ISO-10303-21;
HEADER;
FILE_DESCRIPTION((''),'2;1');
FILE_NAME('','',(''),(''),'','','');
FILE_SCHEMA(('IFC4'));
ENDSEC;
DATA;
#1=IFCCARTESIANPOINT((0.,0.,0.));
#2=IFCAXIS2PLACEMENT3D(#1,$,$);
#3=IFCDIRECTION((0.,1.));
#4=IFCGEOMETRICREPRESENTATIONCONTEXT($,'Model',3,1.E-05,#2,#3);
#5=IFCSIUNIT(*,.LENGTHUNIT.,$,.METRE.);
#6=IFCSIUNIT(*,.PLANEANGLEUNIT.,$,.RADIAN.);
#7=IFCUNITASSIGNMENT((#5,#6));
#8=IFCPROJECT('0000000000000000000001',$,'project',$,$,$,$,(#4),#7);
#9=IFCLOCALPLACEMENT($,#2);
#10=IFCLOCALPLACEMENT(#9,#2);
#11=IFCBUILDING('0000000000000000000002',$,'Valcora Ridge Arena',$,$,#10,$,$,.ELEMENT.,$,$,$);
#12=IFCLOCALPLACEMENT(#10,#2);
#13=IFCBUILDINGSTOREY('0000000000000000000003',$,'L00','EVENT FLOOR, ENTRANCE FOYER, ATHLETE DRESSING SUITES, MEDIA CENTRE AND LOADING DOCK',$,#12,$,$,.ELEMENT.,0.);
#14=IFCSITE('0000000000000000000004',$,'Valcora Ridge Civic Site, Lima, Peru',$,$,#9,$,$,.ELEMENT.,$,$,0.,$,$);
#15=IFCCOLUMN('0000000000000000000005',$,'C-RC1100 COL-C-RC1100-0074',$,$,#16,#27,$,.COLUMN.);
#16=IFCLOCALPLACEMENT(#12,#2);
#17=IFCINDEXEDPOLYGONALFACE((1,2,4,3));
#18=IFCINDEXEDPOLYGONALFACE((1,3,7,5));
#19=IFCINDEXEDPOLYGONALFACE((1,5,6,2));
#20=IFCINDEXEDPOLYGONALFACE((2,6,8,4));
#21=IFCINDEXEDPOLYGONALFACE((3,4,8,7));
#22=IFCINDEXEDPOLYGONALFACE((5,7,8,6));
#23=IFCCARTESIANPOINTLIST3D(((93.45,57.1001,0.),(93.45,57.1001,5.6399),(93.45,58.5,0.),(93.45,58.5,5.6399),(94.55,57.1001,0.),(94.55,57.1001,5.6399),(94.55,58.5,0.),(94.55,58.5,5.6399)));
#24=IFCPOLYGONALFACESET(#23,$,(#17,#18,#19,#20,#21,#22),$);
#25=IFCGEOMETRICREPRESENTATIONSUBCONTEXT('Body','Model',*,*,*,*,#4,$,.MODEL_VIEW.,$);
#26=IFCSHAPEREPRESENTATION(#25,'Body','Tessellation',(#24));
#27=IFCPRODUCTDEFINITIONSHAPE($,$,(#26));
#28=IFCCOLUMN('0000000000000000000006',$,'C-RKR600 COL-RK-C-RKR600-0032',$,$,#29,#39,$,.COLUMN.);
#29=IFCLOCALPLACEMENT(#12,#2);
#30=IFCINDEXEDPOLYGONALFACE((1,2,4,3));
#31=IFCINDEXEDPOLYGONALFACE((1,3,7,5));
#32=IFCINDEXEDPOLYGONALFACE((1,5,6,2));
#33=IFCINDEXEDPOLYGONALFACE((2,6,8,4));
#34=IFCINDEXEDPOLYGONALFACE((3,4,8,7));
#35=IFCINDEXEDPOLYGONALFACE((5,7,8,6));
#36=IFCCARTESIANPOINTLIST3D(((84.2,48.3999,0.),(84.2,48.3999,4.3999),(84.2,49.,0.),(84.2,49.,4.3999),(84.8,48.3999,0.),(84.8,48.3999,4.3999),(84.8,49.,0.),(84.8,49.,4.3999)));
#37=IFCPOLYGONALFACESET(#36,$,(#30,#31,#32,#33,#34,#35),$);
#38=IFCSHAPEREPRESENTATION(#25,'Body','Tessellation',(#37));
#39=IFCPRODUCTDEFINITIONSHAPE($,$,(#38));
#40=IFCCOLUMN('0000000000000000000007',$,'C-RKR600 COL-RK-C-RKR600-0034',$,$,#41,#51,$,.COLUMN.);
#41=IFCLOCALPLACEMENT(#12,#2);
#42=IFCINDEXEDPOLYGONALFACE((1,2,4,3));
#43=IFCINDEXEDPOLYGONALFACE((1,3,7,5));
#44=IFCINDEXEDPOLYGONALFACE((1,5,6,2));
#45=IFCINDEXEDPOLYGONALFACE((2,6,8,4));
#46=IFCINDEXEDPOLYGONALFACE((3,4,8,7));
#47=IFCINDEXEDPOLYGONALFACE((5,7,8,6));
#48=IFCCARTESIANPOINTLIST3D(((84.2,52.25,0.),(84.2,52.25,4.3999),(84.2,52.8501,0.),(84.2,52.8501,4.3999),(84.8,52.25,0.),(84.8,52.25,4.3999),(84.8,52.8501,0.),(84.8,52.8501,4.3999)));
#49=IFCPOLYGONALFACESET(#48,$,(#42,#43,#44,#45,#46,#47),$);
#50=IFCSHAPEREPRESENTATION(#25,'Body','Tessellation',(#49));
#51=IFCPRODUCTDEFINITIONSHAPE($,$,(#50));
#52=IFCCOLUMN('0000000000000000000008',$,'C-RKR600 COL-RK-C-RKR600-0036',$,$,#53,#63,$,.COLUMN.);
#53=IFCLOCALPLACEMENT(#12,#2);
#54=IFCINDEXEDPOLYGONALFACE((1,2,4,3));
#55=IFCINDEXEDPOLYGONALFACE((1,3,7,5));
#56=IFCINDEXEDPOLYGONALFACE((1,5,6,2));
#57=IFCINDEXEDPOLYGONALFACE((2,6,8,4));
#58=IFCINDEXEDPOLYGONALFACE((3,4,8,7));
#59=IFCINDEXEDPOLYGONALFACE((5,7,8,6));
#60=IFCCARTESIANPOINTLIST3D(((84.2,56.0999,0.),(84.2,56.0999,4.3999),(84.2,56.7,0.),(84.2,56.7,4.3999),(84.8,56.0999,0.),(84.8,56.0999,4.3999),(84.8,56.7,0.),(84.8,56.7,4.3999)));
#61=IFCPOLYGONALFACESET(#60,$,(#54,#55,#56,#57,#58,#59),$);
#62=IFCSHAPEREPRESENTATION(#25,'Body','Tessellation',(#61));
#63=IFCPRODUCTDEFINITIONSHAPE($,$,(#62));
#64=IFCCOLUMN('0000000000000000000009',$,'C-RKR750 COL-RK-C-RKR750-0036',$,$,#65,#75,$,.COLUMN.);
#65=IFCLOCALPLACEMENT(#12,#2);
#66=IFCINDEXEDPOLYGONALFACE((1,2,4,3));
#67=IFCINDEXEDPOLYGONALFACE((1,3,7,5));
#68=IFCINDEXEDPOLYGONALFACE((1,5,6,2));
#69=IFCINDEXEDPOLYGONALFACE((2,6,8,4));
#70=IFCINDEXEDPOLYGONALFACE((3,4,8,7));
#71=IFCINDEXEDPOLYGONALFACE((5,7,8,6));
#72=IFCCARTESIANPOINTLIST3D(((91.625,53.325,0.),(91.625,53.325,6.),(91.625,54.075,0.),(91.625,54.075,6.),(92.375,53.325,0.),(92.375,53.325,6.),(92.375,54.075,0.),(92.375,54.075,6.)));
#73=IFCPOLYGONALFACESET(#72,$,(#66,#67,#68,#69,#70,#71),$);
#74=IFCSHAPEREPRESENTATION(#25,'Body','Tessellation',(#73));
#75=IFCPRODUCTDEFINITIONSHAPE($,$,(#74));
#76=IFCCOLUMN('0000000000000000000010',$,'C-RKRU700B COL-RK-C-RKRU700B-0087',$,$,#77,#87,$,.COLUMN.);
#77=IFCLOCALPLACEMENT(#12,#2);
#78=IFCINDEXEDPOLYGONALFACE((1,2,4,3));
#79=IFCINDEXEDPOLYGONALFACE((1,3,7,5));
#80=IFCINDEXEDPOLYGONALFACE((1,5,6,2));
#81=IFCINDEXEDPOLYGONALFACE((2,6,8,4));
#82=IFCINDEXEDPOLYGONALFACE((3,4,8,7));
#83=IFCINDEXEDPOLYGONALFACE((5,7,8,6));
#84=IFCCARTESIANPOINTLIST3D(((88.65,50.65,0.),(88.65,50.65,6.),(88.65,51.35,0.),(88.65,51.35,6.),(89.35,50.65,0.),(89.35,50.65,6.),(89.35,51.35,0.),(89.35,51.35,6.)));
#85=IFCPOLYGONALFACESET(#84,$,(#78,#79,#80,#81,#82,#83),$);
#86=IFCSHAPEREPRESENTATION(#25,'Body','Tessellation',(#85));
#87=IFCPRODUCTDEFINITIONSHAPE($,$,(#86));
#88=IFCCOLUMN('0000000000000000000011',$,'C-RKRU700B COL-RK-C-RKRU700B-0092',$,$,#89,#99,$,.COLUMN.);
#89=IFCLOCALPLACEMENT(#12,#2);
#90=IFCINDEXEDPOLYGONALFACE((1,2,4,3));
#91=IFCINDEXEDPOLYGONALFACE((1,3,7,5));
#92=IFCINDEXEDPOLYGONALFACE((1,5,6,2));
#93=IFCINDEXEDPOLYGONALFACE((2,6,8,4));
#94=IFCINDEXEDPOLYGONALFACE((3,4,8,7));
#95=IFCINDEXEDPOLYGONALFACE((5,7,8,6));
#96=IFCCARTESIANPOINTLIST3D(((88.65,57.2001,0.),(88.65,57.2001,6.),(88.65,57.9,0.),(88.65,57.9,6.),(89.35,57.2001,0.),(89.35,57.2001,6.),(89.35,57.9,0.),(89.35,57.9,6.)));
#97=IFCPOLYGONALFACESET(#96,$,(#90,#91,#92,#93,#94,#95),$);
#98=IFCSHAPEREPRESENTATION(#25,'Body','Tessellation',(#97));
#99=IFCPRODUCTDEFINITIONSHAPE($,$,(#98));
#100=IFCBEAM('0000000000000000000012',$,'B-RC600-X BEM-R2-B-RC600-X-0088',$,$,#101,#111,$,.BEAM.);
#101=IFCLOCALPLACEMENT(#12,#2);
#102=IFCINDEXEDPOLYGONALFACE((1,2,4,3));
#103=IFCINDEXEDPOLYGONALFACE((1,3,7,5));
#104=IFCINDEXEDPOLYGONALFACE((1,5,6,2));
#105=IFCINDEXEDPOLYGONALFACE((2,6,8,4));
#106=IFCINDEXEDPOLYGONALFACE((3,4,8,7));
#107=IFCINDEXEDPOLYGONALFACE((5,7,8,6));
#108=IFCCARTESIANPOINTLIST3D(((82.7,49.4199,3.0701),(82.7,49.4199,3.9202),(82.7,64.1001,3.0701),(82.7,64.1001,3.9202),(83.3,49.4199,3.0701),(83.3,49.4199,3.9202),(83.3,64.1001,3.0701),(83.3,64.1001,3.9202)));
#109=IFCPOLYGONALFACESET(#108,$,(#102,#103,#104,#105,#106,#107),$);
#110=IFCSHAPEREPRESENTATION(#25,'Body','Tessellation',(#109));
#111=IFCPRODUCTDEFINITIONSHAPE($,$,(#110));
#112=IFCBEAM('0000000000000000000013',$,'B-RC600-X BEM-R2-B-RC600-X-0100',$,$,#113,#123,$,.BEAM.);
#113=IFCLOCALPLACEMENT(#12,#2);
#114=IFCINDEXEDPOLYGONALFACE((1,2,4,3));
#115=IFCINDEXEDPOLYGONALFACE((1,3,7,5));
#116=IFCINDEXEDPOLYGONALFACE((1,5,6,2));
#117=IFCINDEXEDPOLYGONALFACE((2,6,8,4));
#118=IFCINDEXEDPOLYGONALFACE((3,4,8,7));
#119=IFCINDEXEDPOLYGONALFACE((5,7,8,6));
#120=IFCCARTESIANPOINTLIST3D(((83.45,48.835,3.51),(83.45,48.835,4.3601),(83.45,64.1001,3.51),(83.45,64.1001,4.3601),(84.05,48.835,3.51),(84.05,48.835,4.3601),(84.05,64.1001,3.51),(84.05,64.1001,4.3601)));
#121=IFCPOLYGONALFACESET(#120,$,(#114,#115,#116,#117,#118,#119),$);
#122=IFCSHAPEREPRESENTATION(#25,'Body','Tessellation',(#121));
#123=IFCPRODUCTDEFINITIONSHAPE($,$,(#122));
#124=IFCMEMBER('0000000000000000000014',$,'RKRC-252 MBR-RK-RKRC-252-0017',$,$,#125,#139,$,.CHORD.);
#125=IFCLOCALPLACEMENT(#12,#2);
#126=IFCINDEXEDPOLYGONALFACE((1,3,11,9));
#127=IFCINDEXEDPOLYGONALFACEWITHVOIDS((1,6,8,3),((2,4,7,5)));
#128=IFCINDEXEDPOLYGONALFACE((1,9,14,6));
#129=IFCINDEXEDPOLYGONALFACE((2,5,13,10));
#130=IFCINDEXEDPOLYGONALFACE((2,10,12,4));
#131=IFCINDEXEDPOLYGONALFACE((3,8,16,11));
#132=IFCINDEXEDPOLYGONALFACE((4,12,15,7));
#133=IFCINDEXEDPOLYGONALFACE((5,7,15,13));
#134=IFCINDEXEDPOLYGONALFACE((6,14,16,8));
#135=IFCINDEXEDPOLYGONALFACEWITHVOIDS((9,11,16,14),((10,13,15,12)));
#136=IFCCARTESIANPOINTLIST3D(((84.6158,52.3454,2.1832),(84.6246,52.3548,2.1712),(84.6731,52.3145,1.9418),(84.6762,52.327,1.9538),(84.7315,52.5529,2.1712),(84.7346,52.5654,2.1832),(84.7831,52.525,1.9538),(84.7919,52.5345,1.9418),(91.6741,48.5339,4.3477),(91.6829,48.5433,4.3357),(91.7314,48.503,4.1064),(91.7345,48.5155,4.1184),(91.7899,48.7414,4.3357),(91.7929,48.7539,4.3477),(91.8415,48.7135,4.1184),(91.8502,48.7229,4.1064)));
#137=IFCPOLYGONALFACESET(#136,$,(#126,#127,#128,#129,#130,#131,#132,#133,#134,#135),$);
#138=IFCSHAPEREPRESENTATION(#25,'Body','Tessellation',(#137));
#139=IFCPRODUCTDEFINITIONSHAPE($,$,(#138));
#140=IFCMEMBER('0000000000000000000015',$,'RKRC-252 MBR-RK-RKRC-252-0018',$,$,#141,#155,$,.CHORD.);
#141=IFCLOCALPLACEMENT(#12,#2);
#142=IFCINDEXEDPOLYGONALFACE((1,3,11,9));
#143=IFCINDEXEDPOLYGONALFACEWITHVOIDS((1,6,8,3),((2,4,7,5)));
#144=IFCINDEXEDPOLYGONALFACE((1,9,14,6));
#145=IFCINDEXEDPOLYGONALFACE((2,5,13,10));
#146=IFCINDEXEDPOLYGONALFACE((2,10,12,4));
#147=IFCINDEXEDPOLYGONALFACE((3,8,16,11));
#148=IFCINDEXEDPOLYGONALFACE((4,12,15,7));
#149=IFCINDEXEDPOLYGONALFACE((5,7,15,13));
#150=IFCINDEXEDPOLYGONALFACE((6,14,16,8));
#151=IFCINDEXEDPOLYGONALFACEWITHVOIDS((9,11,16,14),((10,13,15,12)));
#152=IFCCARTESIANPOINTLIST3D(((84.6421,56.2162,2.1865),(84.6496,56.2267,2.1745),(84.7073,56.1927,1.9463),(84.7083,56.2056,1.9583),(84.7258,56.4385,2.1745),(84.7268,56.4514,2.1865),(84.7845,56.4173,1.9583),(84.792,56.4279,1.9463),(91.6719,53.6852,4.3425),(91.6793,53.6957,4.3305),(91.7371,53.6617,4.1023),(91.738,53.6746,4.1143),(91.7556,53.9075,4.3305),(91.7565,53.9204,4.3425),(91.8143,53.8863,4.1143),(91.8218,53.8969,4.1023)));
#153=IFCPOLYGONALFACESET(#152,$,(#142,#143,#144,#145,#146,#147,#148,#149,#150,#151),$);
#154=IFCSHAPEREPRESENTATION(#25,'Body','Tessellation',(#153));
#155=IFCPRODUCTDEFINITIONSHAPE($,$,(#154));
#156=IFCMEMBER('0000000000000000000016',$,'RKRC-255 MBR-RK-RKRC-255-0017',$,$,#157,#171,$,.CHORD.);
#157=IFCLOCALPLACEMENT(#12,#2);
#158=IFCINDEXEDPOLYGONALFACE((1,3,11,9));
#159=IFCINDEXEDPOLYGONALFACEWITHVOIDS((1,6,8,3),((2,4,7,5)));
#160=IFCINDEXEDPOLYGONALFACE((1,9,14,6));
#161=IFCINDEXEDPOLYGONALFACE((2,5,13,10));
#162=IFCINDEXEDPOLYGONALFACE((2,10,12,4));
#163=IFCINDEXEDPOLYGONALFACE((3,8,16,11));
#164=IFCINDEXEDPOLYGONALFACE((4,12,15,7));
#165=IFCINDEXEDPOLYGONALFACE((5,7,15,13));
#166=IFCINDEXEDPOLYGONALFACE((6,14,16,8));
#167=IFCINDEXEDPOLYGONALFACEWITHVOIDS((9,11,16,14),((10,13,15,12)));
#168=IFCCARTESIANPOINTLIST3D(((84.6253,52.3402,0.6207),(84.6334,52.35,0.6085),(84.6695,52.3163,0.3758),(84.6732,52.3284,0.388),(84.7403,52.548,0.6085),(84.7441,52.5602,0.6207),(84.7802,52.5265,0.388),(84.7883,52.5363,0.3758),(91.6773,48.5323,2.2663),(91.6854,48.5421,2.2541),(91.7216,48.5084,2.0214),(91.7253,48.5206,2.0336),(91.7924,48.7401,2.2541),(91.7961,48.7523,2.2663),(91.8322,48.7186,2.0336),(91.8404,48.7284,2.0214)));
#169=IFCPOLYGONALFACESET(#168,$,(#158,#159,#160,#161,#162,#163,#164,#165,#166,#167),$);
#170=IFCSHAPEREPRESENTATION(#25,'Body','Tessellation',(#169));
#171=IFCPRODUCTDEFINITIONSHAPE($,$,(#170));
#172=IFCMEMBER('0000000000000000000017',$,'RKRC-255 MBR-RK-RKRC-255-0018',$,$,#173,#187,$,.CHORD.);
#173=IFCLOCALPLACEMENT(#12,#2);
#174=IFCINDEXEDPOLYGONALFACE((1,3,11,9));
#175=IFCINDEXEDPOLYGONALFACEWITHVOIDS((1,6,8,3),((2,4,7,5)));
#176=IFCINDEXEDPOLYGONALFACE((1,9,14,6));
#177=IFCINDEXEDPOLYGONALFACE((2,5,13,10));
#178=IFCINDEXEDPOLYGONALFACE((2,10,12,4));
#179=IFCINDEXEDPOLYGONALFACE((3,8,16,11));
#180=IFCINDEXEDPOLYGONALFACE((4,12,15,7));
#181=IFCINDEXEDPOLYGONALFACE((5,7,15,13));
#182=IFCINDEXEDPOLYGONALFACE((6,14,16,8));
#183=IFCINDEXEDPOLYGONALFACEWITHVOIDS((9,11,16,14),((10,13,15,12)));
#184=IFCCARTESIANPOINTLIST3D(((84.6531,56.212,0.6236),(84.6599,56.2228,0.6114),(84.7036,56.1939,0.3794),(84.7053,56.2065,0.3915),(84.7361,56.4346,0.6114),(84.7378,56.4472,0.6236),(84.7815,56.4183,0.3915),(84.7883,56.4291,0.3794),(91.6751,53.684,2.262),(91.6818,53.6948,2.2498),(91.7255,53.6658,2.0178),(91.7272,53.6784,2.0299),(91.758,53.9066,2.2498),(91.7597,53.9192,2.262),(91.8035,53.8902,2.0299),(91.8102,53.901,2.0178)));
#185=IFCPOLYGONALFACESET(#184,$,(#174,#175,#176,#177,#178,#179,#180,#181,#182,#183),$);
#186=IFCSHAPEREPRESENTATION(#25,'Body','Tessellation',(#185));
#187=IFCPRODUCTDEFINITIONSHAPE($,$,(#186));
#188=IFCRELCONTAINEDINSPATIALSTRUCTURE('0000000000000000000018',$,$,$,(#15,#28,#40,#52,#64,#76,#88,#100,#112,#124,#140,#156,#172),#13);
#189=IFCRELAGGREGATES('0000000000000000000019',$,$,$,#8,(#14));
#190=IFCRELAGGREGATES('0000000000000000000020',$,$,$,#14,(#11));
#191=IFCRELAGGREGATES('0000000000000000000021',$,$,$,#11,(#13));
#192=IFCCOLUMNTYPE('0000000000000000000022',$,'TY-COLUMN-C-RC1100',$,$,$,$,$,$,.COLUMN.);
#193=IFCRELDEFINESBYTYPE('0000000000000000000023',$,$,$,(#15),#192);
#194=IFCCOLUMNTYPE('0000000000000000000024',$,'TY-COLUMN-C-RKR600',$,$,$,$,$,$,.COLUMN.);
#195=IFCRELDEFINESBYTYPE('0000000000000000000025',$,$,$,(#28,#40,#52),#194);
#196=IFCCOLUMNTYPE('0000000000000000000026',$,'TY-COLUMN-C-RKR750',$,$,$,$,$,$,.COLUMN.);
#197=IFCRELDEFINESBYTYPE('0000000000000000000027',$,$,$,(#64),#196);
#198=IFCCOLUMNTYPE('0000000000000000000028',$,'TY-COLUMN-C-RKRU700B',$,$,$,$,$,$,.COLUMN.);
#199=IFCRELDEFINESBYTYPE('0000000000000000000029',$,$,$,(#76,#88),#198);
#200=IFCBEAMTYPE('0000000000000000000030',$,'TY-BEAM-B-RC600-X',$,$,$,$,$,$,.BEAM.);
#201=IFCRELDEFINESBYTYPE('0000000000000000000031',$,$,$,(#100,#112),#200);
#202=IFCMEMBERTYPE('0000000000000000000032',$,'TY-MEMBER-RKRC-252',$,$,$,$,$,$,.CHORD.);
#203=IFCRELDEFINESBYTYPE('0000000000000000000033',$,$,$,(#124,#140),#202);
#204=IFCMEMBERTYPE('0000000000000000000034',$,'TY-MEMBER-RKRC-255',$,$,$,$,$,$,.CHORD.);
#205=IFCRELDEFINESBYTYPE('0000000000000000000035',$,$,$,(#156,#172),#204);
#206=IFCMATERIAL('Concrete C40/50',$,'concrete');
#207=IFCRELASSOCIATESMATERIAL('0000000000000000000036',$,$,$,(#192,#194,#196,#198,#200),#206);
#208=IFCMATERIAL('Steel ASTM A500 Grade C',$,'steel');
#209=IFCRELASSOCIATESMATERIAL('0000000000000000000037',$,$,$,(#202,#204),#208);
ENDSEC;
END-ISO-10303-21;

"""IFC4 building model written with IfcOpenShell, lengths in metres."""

from ifc_helpers import new_model, si_unit, direction, frame, origin, origin_2d, place, context, subcontext, project, spatial, rectangle, hollow_rectangle, extrude, material, material_profile, profile_set, type_object, element, save


model = new_model("IFC4")

# Units and contexts
model_context = context("Model", 3, precision=1e-05, world=origin(), true_north=direction((0.0, 1.0)))
body_context = subcontext(model_context, "Body", "Model", "MODEL_VIEW")
ifc_project = project(units=[si_unit("LENGTHUNIT", "METRE"), si_unit("PLANEANGLEUNIT", "RADIAN")], contexts=[model_context])

# Site, building, storey
site_placement = place(None, origin())
site = spatial("IfcSite", under=ifc_project, at=site_placement, Name="Valcora Ridge Civic Site, Lima, Peru", CompositionType="ELEMENT", RefElevation=0.0)
building_placement = place(site_placement, origin())
building = spatial("IfcBuilding", under=site, at=building_placement, Name="Valcora Ridge Arena", CompositionType="ELEMENT")
storey_placement = place(building_placement, origin())
storey = spatial("IfcBuildingStorey", under=building, at=storey_placement, Name="L00", Description="EVENT FLOOR, ENTRANCE FOYER, ATHLETE DRESSING SUITES, MEDIA CENTRE AND LOADING DOCK", CompositionType="ELEMENT", Elevation=0.0)

# Columns
ifc_material_1 = material(Name="Concrete C40/50", Category="concrete")
ifc_material_profile_1 = material_profile(ifc_material_1, rectangle(XDim=1.1001, YDim=1.3999, at=origin_2d()), Name="RC 1100x1400")
ifc_profile_set_1 = profile_set([ifc_material_profile_1], Name="Concrete C40/50")
column_type_1 = type_object("IfcColumnType", Name="TY-COLUMN-C-RC1100", PredefinedType="COLUMN", material=ifc_profile_set_1)
column_1_placement = place(storey_placement, frame((94.0, 57.8, 0.0), z_axis=(0.0, 0.0, 1.0), x_axis=(1.0, 0.0, 0.0)))
element("IfcColumn", 1, at=column_1_placement, inside=storey, type_object=column_type_1, Name="C-RC1100 COL-C-RC1100-0074", PredefinedType="COLUMN", context=body_context, shape_type="SweptSolid", body=[
    extrude(rectangle(XDim=1.1001, YDim=1.3999, at=origin_2d()), origin(), (0.0, 0.0, 1.0), 5.6399),
])
ifc_material_profile_2 = material_profile(ifc_material_1, rectangle(XDim=0.6001, YDim=0.6001, at=origin_2d()), Name="RC 600x600")
ifc_profile_set_2 = profile_set([ifc_material_profile_2], Name="Concrete C40/50")
column_type_2 = type_object("IfcColumnType", Name="TY-COLUMN-C-RKR600", PredefinedType="COLUMN", material=ifc_profile_set_2)
for number, where, z_axis, x_axis, name in (
    (2, (84.5, 48.7, 0.0), (0.0, 0.0, 1.0), (1.0, 0.0, 0.0), "C-RKR600 COL-RK-C-RKR600-0032"),
    (3, (84.5, 52.55, 0.0), (0.0, 0.0, 1.0), (1.0, 0.0, 0.0), "C-RKR600 COL-RK-C-RKR600-0034"),
    (4, (84.5, 56.3999, 0.0), (0.0, 0.0, 1.0), (1.0, 0.0, 0.0), "C-RKR600 COL-RK-C-RKR600-0036"),
):
    element("IfcColumn", number, at=place(storey_placement, frame(where, z_axis=z_axis, x_axis=x_axis)), inside=storey, type_object=column_type_2, Name=name, PredefinedType="COLUMN", context=body_context, shape_type="SweptSolid", body=[
        extrude(rectangle(XDim=0.6001, YDim=0.6001, at=origin_2d()), origin(), (0.0, 0.0, 1.0), 4.3999),
    ])
ifc_material_profile_3 = material_profile(ifc_material_1, rectangle(XDim=0.75, YDim=0.75, at=origin_2d()), Name="RC 750x750")
ifc_profile_set_3 = profile_set([ifc_material_profile_3], Name="Concrete C40/50")
column_type_3 = type_object("IfcColumnType", Name="TY-COLUMN-C-RKR750", PredefinedType="COLUMN", material=ifc_profile_set_3)
column_2_placement = place(storey_placement, frame((92.0, 53.7, 0.0), z_axis=(0.0, 0.0, 1.0), x_axis=(1.0, 0.0, 0.0)))
element("IfcColumn", 5, at=column_2_placement, inside=storey, type_object=column_type_3, Name="C-RKR750 COL-RK-C-RKR750-0036", PredefinedType="COLUMN", context=body_context, shape_type="SweptSolid", body=[
    extrude(rectangle(XDim=0.75, YDim=0.75, at=origin_2d()), origin(), (0.0, 0.0, 1.0), 6.0),
])
ifc_material_profile_4 = material_profile(ifc_material_1, rectangle(XDim=0.7, YDim=0.7, at=origin_2d()), Name="RC 700x700")
ifc_profile_set_4 = profile_set([ifc_material_profile_4], Name="Concrete C40/50")
column_type_4 = type_object("IfcColumnType", Name="TY-COLUMN-C-RKRU700B", PredefinedType="COLUMN", material=ifc_profile_set_4)
for number, where, z_axis, x_axis, name in (
    (6, (89.0, 51.0, 0.0), (0.0, 0.0, 1.0), (1.0, 0.0, 0.0), "C-RKRU700B COL-RK-C-RKRU700B-0087"),
    (7, (89.0, 57.55, 0.0), (0.0, 0.0, 1.0), (1.0, 0.0, 0.0), "C-RKRU700B COL-RK-C-RKRU700B-0092"),
):
    element("IfcColumn", number, at=place(storey_placement, frame(where, z_axis=z_axis, x_axis=x_axis)), inside=storey, type_object=column_type_4, Name=name, PredefinedType="COLUMN", context=body_context, shape_type="SweptSolid", body=[
        extrude(rectangle(XDim=0.7, YDim=0.7, at=origin_2d()), origin(), (0.0, 0.0, 1.0), 6.0),
    ])

# Beams
ifc_material_profile_5 = material_profile(ifc_material_1, rectangle(XDim=0.6001, YDim=0.8501, at=origin_2d()), Name="RC 600x850")
ifc_profile_set_5 = profile_set([ifc_material_profile_5], Name="Concrete C40/50")
beam_type = type_object("IfcBeamType", Name="TY-BEAM-B-RC600-X", PredefinedType="BEAM", material=ifc_profile_set_5)
beam_1_placement = place(storey_placement, frame((83.0, 49.4199, 3.4951), z_axis=(0.0, 1.0, 0.0), x_axis=(-1.0, 0.0, 0.0)))
element("IfcBeam", 8, at=beam_1_placement, inside=storey, type_object=beam_type, Name="B-RC600-X BEM-R2-B-RC600-X-0088", PredefinedType="BEAM", context=body_context, shape_type="SweptSolid", body=[
    extrude(rectangle(XDim=0.6001, YDim=0.8501, at=origin_2d()), origin(), (0.0, 0.0, 1.0), 14.6802),
])
beam_2_placement = place(storey_placement, frame((83.75, 48.835, 3.9351), z_axis=(0.0, 1.0, 0.0), x_axis=(-1.0, 0.0, 0.0)))
element("IfcBeam", 9, at=beam_2_placement, inside=storey, type_object=beam_type, Name="B-RC600-X BEM-R2-B-RC600-X-0100", PredefinedType="BEAM", context=body_context, shape_type="SweptSolid", body=[
    extrude(rectangle(XDim=0.6001, YDim=0.8501, at=origin_2d()), origin(), (0.0, 0.0, 1.0), 15.2651),
])

# Members
ifc_material_2 = material(Name="Steel ASTM A500 Grade C", Category="steel")
ifc_material_profile_6 = material_profile(ifc_material_2, hollow_rectangle(XDim=0.25, YDim=0.25, WallThickness=0.0125, at=origin_2d()), Name="HSS250X250X12")
ifc_profile_set_6 = profile_set([ifc_material_profile_6], Name="Steel ASTM A500 Grade C")
member_type_1 = type_object("IfcMemberType", Name="TY-MEMBER-RKRC-252", PredefinedType="CHORD", material=ifc_profile_set_6)
member_1_placement = place(storey_placement, frame((84.7039, 52.4399, 2.0625), z_axis=(0.849521, -0.458743, 0.260518), x_axis=(0.47515, 0.879905, 0.0)))
element("IfcMember", 10, at=member_1_placement, inside=storey, type_object=member_type_1, Name="RKRC-252 MBR-RK-RKRC-252-0017", PredefinedType="CHORD", context=body_context, shape_type="SweptSolid", body=[
    extrude(hollow_rectangle(XDim=0.25, YDim=0.25, WallThickness=0.0125, at=origin_2d()), origin(), (0.0, 0.0, 1.0), 8.3086),
])
member_2_placement = place(storey_placement, frame((84.717, 56.322, 2.0664), z_axis=(0.903991, -0.325473, 0.27725), x_axis=(0.338753, 0.940875, 0.0)))
element("IfcMember", 11, at=member_2_placement, inside=storey, type_object=member_type_1, Name="RKRC-252 MBR-RK-RKRC-252-0018", PredefinedType="CHORD", context=body_context, shape_type="SweptSolid", body=[
    extrude(hollow_rectangle(XDim=0.25, YDim=0.25, WallThickness=0.0125, at=origin_2d()), origin(), (0.0, 0.0, 1.0), 7.7764),
])
ifc_material_profile_7 = material_profile(ifc_material_2, hollow_rectangle(XDim=0.25, YDim=0.25, WallThickness=0.0125, at=origin_2d()), Name="HSS250X250X12")
ifc_profile_set_7 = profile_set([ifc_material_profile_7], Name="Steel ASTM A500 Grade C")
member_type_2 = type_object("IfcMemberType", Name="TY-MEMBER-RKRC-255", PredefinedType="CHORD", material=ifc_profile_set_7)
member_3_placement = place(storey_placement, frame((84.7068, 52.4382, 0.4983), z_axis=(0.861937, -0.465419, 0.201124), x_axis=(0.475128, 0.879917, 0.0)))
element("IfcMember", 12, at=member_3_placement, inside=storey, type_object=member_type_2, Name="RKRC-255 MBR-RK-RKRC-255-0017", PredefinedType="CHORD", context=body_context, shape_type="SweptSolid", body=[
    extrude(hollow_rectangle(XDim=0.25, YDim=0.25, WallThickness=0.0125, at=origin_2d()), origin(), (0.0, 0.0, 1.0), 8.1816),
])
member_4_placement = place(storey_placement, frame((84.7207, 56.3206, 0.5015), z_axis=(0.918995, -0.33086, 0.214428), x_axis=(0.338739, 0.94088, 0.0)))
element("IfcMember", 13, at=member_4_placement, inside=storey, type_object=member_type_2, Name="RKRC-255 MBR-RK-RKRC-255-0018", PredefinedType="CHORD", context=body_context, shape_type="SweptSolid", body=[
    extrude(hollow_rectangle(XDim=0.25, YDim=0.25, WallThickness=0.0125, at=origin_2d()), origin(), (0.0, 0.0, 1.0), 7.6409),
])

save(model, "model.ifc")
